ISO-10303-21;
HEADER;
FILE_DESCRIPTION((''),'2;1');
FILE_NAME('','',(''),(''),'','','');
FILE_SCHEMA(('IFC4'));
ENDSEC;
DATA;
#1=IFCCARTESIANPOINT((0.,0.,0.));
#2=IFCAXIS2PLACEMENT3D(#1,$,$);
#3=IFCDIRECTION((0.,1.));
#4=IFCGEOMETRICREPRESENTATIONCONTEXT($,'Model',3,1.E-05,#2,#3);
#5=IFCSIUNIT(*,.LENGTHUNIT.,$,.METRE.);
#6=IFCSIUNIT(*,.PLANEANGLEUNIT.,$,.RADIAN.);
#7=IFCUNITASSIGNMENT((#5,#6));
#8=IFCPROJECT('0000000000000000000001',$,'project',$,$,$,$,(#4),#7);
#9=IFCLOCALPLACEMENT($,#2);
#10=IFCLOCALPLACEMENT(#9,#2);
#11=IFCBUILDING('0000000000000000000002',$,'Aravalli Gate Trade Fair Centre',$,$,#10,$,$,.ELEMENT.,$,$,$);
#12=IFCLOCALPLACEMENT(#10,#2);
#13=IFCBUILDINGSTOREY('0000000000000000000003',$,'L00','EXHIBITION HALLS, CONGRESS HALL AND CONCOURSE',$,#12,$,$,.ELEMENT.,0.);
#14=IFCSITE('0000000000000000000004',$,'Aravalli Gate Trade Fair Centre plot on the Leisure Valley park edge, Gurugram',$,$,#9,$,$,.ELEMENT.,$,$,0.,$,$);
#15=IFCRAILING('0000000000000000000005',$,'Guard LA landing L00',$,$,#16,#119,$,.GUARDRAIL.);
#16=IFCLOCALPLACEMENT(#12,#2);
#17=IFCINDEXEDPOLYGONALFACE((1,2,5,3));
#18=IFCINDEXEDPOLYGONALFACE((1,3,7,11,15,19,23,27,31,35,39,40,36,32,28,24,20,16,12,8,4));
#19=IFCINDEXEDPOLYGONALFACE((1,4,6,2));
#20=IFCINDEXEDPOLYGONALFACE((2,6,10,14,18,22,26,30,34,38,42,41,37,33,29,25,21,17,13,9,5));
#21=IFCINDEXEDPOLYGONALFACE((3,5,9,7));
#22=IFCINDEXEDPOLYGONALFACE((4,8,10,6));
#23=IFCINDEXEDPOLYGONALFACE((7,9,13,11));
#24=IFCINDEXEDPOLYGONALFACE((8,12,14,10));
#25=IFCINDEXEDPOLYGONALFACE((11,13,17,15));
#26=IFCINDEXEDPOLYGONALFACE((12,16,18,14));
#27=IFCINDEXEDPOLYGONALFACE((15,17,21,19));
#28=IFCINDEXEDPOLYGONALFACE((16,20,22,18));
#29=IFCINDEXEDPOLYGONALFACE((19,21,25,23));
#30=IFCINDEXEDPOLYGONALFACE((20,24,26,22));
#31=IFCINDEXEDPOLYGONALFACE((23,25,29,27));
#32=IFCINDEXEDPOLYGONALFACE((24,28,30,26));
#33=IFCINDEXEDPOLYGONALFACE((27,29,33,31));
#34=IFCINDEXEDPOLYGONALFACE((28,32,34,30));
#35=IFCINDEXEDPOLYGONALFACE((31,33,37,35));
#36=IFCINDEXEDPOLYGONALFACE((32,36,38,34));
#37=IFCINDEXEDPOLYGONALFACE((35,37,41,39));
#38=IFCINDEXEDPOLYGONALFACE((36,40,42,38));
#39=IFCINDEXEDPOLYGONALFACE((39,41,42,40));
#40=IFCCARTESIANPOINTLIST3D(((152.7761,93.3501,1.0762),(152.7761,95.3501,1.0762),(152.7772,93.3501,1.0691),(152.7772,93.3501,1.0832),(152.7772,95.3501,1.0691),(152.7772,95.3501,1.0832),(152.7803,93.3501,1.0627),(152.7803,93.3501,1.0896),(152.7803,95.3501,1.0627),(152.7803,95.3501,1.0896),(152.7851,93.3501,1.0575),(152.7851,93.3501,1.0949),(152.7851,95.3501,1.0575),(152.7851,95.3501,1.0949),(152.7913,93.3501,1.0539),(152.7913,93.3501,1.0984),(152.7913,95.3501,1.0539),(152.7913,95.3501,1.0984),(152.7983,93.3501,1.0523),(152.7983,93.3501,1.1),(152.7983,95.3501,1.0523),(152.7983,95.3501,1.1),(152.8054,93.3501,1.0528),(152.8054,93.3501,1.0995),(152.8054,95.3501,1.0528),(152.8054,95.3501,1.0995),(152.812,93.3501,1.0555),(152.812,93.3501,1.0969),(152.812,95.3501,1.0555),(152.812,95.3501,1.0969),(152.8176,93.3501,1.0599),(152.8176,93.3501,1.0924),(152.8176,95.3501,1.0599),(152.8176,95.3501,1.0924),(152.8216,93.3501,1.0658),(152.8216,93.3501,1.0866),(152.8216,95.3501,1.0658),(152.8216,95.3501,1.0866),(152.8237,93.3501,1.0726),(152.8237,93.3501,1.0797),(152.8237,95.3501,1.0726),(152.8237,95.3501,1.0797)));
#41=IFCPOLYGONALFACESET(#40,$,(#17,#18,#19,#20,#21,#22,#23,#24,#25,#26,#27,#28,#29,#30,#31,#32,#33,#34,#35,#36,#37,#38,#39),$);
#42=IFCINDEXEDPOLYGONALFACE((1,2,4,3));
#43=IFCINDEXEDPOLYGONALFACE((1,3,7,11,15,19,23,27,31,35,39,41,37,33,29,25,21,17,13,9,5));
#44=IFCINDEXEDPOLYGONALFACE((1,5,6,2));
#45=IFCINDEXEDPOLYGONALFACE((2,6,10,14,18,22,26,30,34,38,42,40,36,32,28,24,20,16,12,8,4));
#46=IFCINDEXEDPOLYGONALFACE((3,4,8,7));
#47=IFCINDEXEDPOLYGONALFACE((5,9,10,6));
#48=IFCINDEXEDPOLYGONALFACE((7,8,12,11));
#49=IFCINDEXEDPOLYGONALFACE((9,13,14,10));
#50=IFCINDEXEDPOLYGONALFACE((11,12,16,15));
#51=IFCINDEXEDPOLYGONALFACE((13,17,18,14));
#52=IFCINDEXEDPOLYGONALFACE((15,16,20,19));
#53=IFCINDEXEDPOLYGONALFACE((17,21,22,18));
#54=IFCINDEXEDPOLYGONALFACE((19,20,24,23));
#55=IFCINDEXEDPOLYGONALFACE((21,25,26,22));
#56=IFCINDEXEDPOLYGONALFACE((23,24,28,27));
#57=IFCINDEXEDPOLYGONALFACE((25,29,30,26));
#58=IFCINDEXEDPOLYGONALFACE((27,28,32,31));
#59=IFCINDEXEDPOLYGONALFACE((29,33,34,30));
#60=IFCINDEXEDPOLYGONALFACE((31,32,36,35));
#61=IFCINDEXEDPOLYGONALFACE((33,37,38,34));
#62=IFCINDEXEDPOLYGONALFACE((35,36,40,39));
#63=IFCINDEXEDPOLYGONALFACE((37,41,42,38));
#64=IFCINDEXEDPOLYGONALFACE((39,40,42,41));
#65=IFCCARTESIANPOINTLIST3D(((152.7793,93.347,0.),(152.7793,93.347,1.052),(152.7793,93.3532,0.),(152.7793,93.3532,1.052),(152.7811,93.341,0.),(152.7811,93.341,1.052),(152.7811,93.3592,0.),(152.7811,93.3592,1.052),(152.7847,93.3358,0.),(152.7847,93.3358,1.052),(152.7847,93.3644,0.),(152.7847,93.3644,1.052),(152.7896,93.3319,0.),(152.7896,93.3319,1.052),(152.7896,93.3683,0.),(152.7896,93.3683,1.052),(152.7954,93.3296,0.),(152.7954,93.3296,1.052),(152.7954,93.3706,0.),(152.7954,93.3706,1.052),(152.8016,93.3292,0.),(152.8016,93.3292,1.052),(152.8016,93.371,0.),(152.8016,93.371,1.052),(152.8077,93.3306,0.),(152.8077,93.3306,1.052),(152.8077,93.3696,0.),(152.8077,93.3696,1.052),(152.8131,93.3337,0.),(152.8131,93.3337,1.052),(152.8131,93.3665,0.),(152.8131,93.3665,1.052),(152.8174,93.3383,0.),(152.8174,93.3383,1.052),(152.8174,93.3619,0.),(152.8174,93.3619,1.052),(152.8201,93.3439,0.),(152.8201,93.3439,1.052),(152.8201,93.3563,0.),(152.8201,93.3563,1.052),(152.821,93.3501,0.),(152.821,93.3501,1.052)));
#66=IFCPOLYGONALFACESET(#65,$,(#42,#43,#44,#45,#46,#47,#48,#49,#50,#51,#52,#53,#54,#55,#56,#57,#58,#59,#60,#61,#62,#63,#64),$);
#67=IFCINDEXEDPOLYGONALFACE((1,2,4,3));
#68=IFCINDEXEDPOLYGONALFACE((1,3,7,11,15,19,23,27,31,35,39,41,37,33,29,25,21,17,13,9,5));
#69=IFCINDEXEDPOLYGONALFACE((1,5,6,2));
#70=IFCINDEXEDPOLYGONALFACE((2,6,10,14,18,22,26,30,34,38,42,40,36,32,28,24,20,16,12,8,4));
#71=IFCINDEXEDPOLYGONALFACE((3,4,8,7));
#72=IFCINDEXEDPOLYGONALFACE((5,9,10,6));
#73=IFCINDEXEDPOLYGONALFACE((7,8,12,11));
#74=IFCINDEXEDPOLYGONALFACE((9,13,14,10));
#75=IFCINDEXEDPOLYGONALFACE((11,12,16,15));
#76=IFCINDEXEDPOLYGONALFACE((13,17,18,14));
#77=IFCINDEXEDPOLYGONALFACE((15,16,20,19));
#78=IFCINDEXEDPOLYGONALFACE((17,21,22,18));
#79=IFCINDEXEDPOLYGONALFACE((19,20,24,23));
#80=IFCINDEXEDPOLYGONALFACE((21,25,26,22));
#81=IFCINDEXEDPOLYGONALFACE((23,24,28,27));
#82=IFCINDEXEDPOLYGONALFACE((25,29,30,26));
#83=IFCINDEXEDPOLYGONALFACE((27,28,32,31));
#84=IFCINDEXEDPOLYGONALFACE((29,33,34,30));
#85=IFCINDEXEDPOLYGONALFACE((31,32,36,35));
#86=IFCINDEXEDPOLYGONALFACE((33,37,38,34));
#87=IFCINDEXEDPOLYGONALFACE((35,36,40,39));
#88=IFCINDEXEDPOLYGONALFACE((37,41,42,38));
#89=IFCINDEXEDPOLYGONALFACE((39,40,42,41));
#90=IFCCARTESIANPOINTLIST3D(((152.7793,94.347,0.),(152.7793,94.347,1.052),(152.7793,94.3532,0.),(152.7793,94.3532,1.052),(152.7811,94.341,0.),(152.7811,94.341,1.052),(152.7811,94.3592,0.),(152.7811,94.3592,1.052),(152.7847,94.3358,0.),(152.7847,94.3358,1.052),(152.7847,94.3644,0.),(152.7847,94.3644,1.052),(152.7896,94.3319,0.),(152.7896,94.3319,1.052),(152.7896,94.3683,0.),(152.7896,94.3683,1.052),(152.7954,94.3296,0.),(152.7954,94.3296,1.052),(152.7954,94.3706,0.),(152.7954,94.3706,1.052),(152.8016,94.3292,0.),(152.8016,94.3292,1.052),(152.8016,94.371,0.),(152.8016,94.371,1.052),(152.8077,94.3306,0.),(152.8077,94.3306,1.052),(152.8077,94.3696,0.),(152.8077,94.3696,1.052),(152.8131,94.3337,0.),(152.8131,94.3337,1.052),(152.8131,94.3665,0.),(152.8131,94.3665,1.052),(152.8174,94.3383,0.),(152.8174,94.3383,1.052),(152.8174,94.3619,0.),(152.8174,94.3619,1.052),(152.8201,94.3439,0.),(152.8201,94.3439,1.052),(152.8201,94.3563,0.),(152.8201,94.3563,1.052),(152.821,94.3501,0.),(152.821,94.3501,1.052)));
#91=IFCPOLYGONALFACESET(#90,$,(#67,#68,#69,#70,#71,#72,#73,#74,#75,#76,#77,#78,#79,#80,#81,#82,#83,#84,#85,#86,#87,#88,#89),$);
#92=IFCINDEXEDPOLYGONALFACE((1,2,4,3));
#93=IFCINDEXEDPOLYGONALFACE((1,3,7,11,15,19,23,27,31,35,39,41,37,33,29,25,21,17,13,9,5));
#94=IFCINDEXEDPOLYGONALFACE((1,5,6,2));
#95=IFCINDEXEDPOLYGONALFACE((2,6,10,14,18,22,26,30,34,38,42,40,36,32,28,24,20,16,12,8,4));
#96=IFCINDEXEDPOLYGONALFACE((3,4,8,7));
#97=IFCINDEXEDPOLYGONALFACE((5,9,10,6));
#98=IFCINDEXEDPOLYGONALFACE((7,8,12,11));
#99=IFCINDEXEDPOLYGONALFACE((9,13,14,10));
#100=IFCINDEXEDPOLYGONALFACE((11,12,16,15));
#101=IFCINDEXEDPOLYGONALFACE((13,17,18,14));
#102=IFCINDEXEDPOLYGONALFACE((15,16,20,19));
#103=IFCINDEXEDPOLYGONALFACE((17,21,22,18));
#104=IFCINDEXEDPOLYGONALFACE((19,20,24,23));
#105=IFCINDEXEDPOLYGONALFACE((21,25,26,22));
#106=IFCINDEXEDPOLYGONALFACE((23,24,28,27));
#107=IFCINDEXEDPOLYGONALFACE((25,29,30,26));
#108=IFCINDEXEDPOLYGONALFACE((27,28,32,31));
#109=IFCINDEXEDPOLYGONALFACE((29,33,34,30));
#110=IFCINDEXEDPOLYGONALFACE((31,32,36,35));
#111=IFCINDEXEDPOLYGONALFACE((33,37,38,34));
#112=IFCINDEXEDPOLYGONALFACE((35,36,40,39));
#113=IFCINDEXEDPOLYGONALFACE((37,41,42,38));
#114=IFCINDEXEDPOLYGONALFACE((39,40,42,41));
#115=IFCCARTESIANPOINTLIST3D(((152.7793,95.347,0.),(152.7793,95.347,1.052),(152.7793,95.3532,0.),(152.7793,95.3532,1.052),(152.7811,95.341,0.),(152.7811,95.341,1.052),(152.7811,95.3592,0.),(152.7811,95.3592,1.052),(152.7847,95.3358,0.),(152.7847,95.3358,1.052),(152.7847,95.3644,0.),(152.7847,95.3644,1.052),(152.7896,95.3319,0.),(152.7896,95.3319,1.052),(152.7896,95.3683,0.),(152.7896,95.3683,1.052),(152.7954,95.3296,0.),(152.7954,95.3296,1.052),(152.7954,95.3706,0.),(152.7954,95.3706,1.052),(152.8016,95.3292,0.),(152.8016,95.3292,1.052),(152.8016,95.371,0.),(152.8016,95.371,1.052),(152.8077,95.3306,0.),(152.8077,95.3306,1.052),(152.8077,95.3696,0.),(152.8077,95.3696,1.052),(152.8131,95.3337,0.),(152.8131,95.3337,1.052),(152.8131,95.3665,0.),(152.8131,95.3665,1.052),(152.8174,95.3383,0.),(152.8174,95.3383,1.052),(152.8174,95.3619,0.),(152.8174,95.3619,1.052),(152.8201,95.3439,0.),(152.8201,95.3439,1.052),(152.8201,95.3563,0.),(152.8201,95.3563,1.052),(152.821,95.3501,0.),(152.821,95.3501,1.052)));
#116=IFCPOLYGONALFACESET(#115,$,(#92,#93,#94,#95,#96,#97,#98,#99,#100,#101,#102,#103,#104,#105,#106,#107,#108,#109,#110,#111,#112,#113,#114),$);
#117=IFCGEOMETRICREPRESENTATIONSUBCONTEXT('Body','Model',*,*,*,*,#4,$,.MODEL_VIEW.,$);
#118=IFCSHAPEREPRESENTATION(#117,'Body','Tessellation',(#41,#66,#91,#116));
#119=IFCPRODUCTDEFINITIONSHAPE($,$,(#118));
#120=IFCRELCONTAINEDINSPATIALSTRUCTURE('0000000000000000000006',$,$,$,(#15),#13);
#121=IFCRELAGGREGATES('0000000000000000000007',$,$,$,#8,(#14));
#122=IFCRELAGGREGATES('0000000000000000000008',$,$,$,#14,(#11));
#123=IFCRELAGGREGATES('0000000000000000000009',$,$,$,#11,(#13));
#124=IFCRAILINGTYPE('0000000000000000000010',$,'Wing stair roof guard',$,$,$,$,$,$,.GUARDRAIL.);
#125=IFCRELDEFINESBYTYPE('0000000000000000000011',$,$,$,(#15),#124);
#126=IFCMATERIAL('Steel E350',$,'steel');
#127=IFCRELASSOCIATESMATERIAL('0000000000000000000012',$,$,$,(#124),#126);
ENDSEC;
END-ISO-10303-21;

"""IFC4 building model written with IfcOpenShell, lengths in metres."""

from ifc_helpers import new_model, si_unit, direction, frame, origin, origin_2d, place, context, subcontext, project, spatial, circle, extrude, material, type_object, element, save


model = new_model("IFC4")

# Units and contexts
model_context = context("Model", 3, precision=1e-05, world=origin(), true_north=direction((0.0, 1.0)))
body_context = subcontext(model_context, "Body", "Model", "MODEL_VIEW")
ifc_project = project(units=[si_unit("LENGTHUNIT", "METRE"), si_unit("PLANEANGLEUNIT", "RADIAN")], contexts=[model_context])

# Site, building, storey
site_placement = place(None, origin())
site = spatial("IfcSite", under=ifc_project, at=site_placement, Name="Aravalli Gate Trade Fair Centre plot on the Leisure Valley park edge, Gurugram", CompositionType="ELEMENT", RefElevation=0.0)
building_placement = place(site_placement, origin())
building = spatial("IfcBuilding", under=site, at=building_placement, Name="Aravalli Gate Trade Fair Centre", CompositionType="ELEMENT")
storey_placement = place(building_placement, origin())
storey = spatial("IfcBuildingStorey", under=building, at=storey_placement, Name="L00", Description="EXHIBITION HALLS, CONGRESS HALL AND CONCOURSE", CompositionType="ELEMENT", Elevation=0.0)

# Railing
ifc_material_1 = material(Name="Steel E350", Category="steel")
railing_type_1 = type_object("IfcRailingType", Name="Wing stair roof guard", PredefinedType="GUARDRAIL", material=ifc_material_1)
railing_placement = place(storey_placement, frame((152.8, 93.3501, 0.0)))
element("IfcRailing", 1, at=railing_placement, inside=storey, type_object=railing_type_1, Name="Guard LA landing L00", PredefinedType="GUARDRAIL", context=body_context, shape_type="SweptSolid", body=[
    extrude(circle(Radius=0.0239, at=origin_2d()), frame((0.0, 0.0, 1.0762), z_axis=(0.0, 1.0, 0.0), x_axis=(-1.0, 0.0, 0.0)), (0.0, 0.0, 1.0), 2.0),
    extrude(circle(Radius=0.021, at=origin_2d()), origin(), (0.0, 0.0, 1.0), 1.052),
    extrude(circle(Radius=0.021, at=origin_2d()), frame((0.0, 1.0, 0.0)), (0.0, 0.0, 1.0), 1.052),
    extrude(circle(Radius=0.021, at=origin_2d()), frame((0.0, 2.0, 0.0)), (0.0, 0.0, 1.0), 1.052),
])

save(model, "model.ifc")
